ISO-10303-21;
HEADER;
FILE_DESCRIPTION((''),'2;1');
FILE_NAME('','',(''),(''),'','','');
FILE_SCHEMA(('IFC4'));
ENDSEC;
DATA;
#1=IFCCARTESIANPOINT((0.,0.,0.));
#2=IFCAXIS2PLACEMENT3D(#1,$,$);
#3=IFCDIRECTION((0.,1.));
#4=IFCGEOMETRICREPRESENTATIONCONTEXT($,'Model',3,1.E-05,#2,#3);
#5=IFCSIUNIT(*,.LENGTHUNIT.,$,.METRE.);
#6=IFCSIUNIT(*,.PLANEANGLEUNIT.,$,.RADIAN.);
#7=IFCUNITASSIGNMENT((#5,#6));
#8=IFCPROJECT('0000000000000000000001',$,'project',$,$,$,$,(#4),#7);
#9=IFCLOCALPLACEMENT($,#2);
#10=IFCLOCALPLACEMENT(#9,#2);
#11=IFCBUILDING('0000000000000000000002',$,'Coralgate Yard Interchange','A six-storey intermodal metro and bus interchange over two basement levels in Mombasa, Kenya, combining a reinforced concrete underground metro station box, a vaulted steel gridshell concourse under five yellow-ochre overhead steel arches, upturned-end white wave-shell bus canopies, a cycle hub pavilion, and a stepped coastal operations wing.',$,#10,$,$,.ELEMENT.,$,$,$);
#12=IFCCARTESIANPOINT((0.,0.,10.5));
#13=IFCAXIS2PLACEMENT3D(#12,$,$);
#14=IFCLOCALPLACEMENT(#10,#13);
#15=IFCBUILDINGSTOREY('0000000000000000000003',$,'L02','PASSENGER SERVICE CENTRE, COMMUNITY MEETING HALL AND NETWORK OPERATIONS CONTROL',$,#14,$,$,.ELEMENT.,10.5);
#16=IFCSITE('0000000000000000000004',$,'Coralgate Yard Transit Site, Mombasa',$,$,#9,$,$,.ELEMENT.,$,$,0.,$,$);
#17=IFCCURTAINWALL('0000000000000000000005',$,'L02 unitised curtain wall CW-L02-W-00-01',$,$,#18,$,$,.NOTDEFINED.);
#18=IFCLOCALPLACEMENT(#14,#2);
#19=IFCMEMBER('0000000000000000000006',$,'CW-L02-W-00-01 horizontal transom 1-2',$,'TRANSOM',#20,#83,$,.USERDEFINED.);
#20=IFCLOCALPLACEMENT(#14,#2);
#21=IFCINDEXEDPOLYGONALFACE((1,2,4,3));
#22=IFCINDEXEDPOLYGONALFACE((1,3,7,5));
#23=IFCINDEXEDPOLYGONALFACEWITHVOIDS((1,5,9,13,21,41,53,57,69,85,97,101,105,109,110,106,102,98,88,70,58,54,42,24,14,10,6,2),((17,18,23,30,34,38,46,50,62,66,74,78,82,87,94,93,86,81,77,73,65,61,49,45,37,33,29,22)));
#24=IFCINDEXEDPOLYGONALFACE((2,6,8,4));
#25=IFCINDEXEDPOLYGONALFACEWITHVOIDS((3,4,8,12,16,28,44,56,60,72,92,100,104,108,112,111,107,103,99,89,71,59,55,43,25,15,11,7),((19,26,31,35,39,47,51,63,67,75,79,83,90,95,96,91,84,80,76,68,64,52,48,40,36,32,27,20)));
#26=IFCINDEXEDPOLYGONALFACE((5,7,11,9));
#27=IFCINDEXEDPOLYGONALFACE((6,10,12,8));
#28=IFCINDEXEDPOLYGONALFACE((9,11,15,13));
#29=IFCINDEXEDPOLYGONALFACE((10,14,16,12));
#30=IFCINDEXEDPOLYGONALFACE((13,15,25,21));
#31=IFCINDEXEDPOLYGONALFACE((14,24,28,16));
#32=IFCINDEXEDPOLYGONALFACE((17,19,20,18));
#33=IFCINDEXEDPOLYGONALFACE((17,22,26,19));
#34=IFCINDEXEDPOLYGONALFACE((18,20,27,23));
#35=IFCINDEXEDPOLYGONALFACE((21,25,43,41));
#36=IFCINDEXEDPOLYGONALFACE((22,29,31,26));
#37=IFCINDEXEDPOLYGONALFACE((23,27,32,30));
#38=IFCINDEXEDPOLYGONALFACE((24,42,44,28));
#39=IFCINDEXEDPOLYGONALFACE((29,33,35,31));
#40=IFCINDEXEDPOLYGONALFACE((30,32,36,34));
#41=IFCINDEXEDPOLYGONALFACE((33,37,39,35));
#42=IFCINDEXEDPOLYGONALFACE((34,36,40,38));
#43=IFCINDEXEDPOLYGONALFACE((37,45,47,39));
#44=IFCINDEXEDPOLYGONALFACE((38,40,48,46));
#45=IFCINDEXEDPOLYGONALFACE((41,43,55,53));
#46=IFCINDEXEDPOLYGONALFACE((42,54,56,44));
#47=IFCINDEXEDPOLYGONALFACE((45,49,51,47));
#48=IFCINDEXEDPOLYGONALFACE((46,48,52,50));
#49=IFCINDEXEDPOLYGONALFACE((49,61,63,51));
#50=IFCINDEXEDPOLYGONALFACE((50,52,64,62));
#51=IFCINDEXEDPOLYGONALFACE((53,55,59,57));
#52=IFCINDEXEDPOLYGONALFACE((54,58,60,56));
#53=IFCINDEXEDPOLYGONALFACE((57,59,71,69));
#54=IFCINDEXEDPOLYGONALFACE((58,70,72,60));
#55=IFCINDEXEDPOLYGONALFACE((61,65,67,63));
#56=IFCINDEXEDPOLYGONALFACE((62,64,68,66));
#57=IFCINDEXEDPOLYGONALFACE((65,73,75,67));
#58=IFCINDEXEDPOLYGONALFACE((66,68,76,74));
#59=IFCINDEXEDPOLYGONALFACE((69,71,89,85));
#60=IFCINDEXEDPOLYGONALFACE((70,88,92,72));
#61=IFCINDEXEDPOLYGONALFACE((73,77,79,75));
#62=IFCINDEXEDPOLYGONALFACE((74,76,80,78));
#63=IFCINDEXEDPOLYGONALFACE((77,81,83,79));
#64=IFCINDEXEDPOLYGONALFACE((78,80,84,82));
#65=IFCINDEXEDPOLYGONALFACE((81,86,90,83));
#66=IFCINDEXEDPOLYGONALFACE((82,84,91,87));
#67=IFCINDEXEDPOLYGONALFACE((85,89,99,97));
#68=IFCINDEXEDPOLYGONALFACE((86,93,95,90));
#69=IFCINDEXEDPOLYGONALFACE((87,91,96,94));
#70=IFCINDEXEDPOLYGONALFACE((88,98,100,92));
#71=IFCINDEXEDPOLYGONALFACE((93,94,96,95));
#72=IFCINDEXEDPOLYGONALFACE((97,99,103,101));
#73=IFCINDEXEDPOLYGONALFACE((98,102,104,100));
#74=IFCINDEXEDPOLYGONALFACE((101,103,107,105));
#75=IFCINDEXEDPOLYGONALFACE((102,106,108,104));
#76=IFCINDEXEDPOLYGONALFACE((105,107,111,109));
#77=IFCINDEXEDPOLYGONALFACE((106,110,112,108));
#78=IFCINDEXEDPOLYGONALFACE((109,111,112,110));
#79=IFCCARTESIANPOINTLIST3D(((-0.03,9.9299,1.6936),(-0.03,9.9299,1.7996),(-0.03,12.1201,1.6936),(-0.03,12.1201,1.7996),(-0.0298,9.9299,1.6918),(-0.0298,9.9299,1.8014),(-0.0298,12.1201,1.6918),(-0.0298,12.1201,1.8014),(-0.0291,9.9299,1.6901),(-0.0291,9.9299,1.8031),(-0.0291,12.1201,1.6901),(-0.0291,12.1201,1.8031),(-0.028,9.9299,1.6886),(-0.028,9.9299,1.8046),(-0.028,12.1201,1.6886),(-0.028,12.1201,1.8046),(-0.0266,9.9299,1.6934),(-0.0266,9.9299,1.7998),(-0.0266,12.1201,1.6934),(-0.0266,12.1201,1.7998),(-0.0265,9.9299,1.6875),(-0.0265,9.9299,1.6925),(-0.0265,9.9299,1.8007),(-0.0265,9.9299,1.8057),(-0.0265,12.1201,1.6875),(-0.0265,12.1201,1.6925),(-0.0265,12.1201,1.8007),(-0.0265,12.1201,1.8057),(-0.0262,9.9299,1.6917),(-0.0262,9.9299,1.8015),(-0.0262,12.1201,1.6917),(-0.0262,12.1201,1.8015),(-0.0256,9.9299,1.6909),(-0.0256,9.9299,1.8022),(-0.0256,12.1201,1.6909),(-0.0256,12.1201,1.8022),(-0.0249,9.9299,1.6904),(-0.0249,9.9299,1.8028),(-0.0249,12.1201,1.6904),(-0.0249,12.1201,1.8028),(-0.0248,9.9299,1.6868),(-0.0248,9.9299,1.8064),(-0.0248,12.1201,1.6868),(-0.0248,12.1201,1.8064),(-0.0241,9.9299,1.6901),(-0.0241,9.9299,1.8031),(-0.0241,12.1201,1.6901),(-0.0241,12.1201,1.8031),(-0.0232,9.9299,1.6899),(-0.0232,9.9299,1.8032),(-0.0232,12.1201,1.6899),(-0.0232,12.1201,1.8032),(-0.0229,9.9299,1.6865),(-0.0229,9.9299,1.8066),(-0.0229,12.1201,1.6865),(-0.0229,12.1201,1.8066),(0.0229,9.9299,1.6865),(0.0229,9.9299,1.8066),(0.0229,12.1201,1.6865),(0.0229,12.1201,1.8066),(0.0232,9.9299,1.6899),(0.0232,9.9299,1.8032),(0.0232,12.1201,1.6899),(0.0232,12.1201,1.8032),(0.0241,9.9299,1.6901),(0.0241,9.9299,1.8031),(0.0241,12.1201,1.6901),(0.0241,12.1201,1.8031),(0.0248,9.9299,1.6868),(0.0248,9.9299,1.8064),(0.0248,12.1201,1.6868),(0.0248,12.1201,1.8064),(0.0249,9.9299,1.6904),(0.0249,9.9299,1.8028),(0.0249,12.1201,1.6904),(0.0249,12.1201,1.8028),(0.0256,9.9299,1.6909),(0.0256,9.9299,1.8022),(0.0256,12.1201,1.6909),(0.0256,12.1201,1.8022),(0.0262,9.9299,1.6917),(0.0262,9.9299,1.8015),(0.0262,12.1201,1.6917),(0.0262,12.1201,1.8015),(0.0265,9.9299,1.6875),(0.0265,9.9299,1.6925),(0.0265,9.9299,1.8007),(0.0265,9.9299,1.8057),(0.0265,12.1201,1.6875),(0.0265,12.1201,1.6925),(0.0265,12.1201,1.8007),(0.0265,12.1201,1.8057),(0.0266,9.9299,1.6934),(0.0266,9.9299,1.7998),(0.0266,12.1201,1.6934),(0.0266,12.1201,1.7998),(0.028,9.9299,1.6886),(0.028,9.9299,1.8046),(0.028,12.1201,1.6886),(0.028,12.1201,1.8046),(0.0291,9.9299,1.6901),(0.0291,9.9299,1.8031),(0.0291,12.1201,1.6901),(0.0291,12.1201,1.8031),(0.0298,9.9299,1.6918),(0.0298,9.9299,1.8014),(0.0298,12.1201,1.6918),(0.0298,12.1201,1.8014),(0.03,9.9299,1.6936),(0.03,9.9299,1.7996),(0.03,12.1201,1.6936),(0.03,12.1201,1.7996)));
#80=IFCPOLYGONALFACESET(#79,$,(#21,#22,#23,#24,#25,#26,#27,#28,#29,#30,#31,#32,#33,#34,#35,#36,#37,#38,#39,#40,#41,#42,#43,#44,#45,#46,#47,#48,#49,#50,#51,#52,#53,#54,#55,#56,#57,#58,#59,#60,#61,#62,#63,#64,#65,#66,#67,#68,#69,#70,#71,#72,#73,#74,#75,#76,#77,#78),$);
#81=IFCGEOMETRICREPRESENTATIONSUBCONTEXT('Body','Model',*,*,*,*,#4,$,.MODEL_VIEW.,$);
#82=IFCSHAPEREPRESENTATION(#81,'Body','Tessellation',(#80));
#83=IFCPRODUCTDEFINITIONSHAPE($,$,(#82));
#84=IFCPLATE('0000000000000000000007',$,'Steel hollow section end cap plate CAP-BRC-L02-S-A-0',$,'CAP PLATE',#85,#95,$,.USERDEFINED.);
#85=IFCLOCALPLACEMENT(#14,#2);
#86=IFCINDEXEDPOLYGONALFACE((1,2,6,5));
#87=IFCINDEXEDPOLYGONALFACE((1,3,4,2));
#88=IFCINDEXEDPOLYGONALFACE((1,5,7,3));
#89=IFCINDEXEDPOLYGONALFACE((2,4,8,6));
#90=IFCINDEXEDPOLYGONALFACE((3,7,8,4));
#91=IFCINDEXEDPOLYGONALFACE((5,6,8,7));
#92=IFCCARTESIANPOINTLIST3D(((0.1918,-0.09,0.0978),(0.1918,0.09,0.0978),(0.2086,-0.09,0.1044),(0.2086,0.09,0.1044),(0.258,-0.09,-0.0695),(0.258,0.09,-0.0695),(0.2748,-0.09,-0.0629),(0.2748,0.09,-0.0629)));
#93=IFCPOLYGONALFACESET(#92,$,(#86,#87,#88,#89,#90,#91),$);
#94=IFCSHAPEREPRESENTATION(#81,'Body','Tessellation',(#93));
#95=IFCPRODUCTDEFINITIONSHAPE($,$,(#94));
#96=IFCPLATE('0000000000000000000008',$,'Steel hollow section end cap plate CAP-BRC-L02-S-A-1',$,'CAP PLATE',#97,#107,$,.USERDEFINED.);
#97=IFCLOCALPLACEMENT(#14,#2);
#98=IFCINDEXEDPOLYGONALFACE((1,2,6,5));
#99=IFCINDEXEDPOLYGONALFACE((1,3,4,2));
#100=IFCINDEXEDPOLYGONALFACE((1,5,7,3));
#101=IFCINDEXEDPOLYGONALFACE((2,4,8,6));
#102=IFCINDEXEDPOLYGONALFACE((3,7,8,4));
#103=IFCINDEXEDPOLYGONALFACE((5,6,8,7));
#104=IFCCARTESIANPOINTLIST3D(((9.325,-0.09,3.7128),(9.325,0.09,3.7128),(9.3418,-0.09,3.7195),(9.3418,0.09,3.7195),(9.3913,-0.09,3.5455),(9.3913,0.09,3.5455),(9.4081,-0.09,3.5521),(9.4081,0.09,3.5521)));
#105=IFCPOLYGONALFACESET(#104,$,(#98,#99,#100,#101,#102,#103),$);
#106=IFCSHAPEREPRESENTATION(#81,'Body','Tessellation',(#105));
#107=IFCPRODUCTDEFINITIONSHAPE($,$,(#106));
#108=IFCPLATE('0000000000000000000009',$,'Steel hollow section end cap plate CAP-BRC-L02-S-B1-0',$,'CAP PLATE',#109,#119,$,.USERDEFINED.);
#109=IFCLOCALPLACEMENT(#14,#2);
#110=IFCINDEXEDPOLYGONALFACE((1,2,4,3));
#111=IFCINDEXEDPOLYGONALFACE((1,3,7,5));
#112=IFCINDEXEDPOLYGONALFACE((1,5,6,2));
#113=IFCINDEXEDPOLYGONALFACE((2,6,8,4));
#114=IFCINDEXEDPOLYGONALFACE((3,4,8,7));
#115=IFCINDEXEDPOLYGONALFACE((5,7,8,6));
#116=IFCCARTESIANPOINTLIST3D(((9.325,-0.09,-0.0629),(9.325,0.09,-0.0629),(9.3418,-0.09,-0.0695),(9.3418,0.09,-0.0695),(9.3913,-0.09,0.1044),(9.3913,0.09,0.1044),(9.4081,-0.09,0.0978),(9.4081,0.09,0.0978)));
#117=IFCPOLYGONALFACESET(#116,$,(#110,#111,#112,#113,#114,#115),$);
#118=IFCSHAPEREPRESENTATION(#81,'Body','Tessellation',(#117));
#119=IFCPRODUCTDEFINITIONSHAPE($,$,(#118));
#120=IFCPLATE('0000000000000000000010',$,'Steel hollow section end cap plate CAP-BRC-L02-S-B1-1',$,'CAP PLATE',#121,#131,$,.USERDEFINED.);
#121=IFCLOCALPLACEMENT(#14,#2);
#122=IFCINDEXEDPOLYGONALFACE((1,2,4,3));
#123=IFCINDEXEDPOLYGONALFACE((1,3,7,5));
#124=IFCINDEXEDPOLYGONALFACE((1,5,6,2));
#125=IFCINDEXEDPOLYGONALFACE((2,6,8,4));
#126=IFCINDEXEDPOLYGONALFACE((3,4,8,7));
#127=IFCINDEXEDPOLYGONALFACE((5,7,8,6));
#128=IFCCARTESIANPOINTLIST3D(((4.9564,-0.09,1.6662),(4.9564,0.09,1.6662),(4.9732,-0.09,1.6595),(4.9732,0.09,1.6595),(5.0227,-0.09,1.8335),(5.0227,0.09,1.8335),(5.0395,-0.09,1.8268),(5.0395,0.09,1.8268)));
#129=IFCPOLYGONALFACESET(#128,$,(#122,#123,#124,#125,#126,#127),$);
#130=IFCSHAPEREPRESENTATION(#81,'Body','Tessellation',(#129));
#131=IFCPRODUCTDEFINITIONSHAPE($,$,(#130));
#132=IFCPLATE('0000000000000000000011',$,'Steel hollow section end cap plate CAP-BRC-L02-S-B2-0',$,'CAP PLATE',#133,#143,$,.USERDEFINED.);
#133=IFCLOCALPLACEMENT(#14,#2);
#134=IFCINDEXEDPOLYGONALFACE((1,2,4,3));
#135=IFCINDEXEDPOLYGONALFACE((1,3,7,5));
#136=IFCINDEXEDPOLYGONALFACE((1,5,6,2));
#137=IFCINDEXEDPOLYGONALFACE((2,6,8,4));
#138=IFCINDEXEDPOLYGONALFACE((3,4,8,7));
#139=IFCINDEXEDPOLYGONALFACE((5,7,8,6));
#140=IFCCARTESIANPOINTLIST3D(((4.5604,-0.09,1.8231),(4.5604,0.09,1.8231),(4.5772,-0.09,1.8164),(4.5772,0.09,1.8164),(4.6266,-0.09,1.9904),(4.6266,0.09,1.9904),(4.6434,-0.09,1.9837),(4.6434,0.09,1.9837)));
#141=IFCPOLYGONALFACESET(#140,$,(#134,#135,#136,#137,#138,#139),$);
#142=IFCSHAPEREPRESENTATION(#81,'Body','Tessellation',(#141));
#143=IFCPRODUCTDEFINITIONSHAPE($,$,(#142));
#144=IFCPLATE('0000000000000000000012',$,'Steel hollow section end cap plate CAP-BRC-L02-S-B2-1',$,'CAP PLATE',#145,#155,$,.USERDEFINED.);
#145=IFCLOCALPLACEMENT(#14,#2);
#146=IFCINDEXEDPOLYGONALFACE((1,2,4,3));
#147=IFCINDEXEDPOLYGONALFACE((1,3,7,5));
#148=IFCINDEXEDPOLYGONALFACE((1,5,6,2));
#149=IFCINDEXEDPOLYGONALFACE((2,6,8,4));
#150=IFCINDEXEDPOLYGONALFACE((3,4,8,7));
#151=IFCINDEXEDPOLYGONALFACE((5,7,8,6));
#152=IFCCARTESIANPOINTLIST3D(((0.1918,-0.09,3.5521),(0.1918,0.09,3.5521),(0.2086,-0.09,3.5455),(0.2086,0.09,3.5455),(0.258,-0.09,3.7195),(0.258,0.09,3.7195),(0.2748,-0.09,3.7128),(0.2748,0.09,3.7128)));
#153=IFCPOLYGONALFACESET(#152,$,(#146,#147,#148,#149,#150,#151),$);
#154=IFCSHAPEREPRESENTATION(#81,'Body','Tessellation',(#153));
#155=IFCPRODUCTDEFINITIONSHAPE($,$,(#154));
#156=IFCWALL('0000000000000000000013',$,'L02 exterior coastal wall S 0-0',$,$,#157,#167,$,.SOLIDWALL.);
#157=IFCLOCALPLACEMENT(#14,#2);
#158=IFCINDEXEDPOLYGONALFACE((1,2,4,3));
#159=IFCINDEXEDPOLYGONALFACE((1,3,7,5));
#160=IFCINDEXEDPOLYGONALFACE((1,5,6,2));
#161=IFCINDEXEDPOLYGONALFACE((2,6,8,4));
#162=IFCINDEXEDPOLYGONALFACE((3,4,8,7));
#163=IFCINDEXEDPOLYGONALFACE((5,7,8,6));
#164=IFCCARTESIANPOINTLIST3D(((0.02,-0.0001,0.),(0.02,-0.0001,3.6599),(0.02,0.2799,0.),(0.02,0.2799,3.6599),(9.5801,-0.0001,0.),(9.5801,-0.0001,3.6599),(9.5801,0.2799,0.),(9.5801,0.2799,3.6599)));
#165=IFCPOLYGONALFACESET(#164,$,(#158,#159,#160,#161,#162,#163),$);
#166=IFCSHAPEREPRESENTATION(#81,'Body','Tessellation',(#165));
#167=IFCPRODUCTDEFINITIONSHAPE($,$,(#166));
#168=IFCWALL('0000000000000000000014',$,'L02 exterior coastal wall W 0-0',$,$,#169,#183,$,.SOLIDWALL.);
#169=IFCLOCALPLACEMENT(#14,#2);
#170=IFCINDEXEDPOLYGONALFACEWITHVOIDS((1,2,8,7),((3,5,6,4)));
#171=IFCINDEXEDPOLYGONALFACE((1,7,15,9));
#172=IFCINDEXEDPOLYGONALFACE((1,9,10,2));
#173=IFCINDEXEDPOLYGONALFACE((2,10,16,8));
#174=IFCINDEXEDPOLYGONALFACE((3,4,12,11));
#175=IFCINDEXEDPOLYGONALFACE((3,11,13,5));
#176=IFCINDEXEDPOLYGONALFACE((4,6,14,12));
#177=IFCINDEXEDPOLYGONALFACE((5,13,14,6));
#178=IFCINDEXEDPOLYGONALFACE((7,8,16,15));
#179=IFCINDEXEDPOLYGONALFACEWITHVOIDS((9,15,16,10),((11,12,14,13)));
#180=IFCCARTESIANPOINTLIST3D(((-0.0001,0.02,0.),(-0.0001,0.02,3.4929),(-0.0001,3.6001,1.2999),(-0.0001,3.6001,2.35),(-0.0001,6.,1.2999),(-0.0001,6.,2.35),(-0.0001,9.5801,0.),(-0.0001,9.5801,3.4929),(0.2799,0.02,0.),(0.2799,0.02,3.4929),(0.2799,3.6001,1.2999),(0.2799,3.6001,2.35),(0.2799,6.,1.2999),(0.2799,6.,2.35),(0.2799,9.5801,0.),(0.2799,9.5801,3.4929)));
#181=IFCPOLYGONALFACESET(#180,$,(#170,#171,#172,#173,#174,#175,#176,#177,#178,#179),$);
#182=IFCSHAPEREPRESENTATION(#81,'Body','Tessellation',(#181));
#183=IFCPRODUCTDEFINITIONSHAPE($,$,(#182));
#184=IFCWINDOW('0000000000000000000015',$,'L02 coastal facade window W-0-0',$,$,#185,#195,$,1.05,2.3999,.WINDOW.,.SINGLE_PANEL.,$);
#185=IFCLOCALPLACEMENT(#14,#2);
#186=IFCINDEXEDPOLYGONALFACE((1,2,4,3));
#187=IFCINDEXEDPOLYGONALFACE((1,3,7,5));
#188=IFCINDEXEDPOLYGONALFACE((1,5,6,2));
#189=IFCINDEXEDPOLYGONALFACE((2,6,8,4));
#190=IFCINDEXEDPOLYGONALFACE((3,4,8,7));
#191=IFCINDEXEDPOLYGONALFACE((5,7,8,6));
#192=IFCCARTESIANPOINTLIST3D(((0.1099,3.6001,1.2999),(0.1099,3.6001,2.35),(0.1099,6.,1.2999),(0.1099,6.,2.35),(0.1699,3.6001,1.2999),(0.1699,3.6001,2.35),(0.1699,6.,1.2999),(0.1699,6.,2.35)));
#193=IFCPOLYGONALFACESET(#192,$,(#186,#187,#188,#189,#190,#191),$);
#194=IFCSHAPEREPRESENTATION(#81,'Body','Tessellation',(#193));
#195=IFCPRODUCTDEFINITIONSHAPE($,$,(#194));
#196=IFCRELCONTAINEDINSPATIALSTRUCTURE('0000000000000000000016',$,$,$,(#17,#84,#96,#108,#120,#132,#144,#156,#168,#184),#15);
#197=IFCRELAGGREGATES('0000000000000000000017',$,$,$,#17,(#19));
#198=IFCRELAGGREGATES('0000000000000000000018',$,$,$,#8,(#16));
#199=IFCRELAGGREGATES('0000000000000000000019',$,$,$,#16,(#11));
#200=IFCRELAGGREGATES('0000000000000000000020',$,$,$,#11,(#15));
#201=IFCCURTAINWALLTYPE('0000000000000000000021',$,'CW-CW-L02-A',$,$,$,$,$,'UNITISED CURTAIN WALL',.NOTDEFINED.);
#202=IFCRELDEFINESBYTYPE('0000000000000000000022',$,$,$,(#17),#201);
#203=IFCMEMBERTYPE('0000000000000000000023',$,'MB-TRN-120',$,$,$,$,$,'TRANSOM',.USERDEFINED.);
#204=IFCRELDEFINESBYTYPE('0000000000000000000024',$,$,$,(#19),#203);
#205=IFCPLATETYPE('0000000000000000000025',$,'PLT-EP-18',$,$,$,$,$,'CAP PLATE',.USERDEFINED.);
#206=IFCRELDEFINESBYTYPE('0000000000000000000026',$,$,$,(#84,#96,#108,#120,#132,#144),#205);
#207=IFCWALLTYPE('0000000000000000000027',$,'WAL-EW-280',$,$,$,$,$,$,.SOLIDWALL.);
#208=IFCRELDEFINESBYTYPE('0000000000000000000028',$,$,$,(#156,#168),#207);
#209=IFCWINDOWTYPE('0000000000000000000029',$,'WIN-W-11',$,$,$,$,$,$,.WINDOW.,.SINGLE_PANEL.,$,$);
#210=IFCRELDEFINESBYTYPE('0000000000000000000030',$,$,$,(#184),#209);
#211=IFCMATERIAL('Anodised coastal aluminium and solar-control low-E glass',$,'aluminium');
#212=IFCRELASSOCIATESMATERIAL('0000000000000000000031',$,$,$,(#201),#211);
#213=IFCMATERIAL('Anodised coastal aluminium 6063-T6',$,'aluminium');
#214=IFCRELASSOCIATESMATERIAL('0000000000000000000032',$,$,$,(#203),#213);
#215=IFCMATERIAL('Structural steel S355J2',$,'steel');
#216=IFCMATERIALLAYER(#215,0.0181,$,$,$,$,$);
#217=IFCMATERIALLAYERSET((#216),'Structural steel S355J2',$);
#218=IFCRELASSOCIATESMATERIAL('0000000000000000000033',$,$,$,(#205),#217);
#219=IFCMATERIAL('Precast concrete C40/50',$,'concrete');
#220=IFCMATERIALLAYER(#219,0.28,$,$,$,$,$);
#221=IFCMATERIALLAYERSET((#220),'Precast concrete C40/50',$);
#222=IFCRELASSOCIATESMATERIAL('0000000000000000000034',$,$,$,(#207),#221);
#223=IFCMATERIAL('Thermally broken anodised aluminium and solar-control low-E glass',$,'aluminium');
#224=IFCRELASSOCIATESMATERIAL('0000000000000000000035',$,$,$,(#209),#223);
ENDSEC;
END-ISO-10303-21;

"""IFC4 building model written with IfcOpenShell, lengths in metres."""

from ifc_helpers import new_model, si_unit, direction, frame, frame_2d, origin, origin_2d, place, context, subcontext, project, spatial, rectangle, hollow_rectangle, extrude, material, layer, layer_set, material_profile, profile_set, type_object, element, fill, aggregate, save


model = new_model("IFC4")

# Units and contexts
model_context = context("Model", 3, precision=1e-05, world=origin(), true_north=direction((0.0, 1.0)))
body_context = subcontext(model_context, "Body", "Model", "MODEL_VIEW")
ifc_project = project(units=[si_unit("LENGTHUNIT", "METRE"), si_unit("PLANEANGLEUNIT", "RADIAN")], contexts=[model_context])

# Site, building, storey
site_placement = place(None, origin())
site = spatial("IfcSite", under=ifc_project, at=site_placement, Name="Coralgate Yard Transit Site, Mombasa", CompositionType="ELEMENT", RefElevation=0.0)
building_placement = place(site_placement, origin())
building = spatial("IfcBuilding", under=site, at=building_placement, Name="Coralgate Yard Interchange", Description="A six-storey intermodal metro and bus interchange over two basement levels in Mombasa, Kenya, combining a reinforced concrete underground metro station box, a vaulted steel gridshell concourse under five yellow-ochre overhead steel arches, upturned-end white wave-shell bus canopies, a cycle hub pavilion, and a stepped coastal operations wing.", CompositionType="ELEMENT")
storey_placement = place(building_placement, frame((0.0, 0.0, 10.5)))
storey = spatial("IfcBuildingStorey", under=building, at=storey_placement, Name="L02", Description="PASSENGER SERVICE CENTRE, COMMUNITY MEETING HALL AND NETWORK OPERATIONS CONTROL", CompositionType="ELEMENT", Elevation=10.5)

# Shared definitions
ifc_material_1 = material(Name="Structural steel S355J2", Category="steel")

# Curtain wall
ifc_material_2 = material(Name="Anodised coastal aluminium and solar-control low-E glass", Category="aluminium")
curtain_wall_type = type_object("IfcCurtainWallType", Name="CW-CW-L02-A", ElementType="UNITISED CURTAIN WALL", PredefinedType="NOTDEFINED", material=ifc_material_2)
curtain_wall_1_placement = place(storey_placement, origin())
curtain_wall_1 = element("IfcCurtainWall", 1, at=curtain_wall_1_placement, inside=storey, type_object=curtain_wall_type, Name="L02 unitised curtain wall CW-L02-W-00-01", PredefinedType="NOTDEFINED")
ifc_material_3 = material(Name="Anodised coastal aluminium 6063-T6", Category="aluminium")

# Member
ifc_material_profile_1 = material_profile(ifc_material_3, hollow_rectangle(XDim=0.0601, YDim=0.1201, WallThickness=0.0034, InnerFilletRadius=0.0034, OuterFilletRadius=0.0071, at=origin_2d()), Name="ALU 60x120x3.5")
ifc_profile_set_1 = profile_set([ifc_material_profile_1], Name="Anodised coastal aluminium 6063-T6")
member_type_1 = type_object("IfcMemberType", Name="MB-TRN-120", ElementType="TRANSOM", PredefinedType="USERDEFINED", material=ifc_profile_set_1)
member_1_placement = place(storey_placement, frame((0.0, 9.9299, 1.7466), z_axis=(0.0, 1.0, 0.0), x_axis=(-1.0, 0.0, 0.0)))
member_1 = element("IfcMember", 2, at=member_1_placement, type_object=member_type_1, Name="CW-L02-W-00-01 horizontal transom 1-2", ObjectType="TRANSOM", PredefinedType="USERDEFINED", context=body_context, shape_type="SweptSolid", body=[
    extrude(hollow_rectangle(XDim=0.0601, YDim=0.1201, WallThickness=0.0034, InnerFilletRadius=0.0034, OuterFilletRadius=0.0071, at=origin_2d()), origin(), (0.0, 0.0, 1.0), 2.1902),
])
aggregate(curtain_wall_1, [member_1])

# Plates
ifc_layer_1 = layer(ifc_material_1, 0.0181)
ifc_layer_set_1 = layer_set([ifc_layer_1], Name="Structural steel S355J2")
plate_type = type_object("IfcPlateType", Name="PLT-EP-18", ElementType="CAP PLATE", PredefinedType="USERDEFINED", material=ifc_layer_set_1)
for number, where, z_axis, x_axis, name in (
    (3, (0.2417, 0.0, 0.0208), (-0.929807, 0.0, -0.368048), (0.0, -1.0, 0.0), "Steel hollow section end cap plate CAP-BRC-L02-S-A-0"),
    (4, (9.3582, 0.0, 3.6292), (0.929807, 0.0, 0.368048), (0.0, 1.0, 0.0), "Steel hollow section end cap plate CAP-BRC-L02-S-A-1"),
    (5, (9.3582, 0.0, 0.0208), (0.929807, 0.0, -0.368048), (0.0, 1.0, 0.0), "Steel hollow section end cap plate CAP-BRC-L02-S-B1-0"),
    (6, (5.0063, 0.0, 1.7432), (-0.929807, 0.0, 0.368048), (0.0, -1.0, 0.0), "Steel hollow section end cap plate CAP-BRC-L02-S-B1-1"),
    (7, (4.5935, 0.0, 1.9067), (0.929807, 0.0, -0.368048), (0.0, 1.0, 0.0), "Steel hollow section end cap plate CAP-BRC-L02-S-B2-0"),
    (8, (0.2417, 0.0, 3.6292), (-0.929807, 0.0, 0.368048), (0.0, -1.0, 0.0), "Steel hollow section end cap plate CAP-BRC-L02-S-B2-1"),
):
    element("IfcPlate", number, at=place(storey_placement, frame(where, z_axis=z_axis, x_axis=x_axis)), inside=storey, type_object=plate_type, Name=name, ObjectType="CAP PLATE", PredefinedType="USERDEFINED", context=body_context, shape_type="SweptSolid", body=[
        extrude(rectangle(XDim=0.1799, YDim=0.1799, at=origin_2d()), origin(), (0.0, 0.0, 1.0), 0.0181),
    ])

# Wall
ifc_material_4 = material(Name="Precast concrete C40/50", Category="concrete")
ifc_layer_2 = layer(ifc_material_4, 0.28)
ifc_layer_set_2 = layer_set([ifc_layer_2], Name="Precast concrete C40/50")
wall_type_1 = type_object("IfcWallType", Name="WAL-EW-280", PredefinedType="SOLIDWALL", material=ifc_layer_set_2)
wall_1_placement = place(storey_placement, frame((9.5801, 0.1399, 0.0), z_axis=(0.0, 0.0, 1.0), x_axis=(-1.0, 0.0, 0.0)))
element("IfcWall", 9, at=wall_1_placement, inside=storey, type_object=wall_type_1, Name="L02 exterior coastal wall S 0-0", PredefinedType="SOLIDWALL", context=body_context, shape_type="SweptSolid", body=[
    extrude(rectangle(XDim=9.5601, YDim=0.28, at=frame_2d((4.78, 0.0))), origin(), (0.0, 0.0, 1.0), 3.6599),
])

# Wall, opening, window
wall_2_placement = place(storey_placement, frame((0.1399, 0.02, 0.0), z_axis=(0.0, 0.0, 1.0), x_axis=(0.0, 1.0, 0.0)))
wall_2 = element("IfcWall", 10, at=wall_2_placement, inside=storey, type_object=wall_type_1, Name="L02 exterior coastal wall W 0-0", PredefinedType="SOLIDWALL", context=body_context, shape_type="SweptSolid", body=[
    extrude(rectangle(XDim=9.5601, YDim=0.28, at=frame_2d((4.78, 0.0))), origin(), (0.0, 0.0, 1.0), 3.4929),
])
opening_1_placement = place(wall_2_placement, frame((3.5801, 0.0, 1.3)))
opening_1 = element("IfcOpeningElement", 11, at=opening_1_placement, cuts=wall_2, PredefinedType="OPENING", context=body_context, shape_type="SweptSolid", body=[
    extrude(rectangle(XDim=2.3999, YDim=1.05, at=frame_2d((1.2, 0.5249))), frame((0.0, 0.1499, 0.0), z_axis=(0.0, -1.0, 0.0), x_axis=(1.0, 0.0, 0.0)), (0.0, 0.0, 1.0), 0.3),
])
ifc_material_5 = material(Name="Thermally broken anodised aluminium and solar-control low-E glass", Category="aluminium")
window_type = type_object("IfcWindowType", Name="WIN-W-11", PartitioningType="SINGLE_PANEL", PredefinedType="WINDOW", material=ifc_material_5)
window_placement = place(opening_1_placement, origin())
window = element("IfcWindow", 12, at=window_placement, inside=storey, type_object=window_type, Name="L02 coastal facade window W-0-0", OverallHeight=1.05, OverallWidth=2.3999, PartitioningType="SINGLE_PANEL", PredefinedType="WINDOW", context=body_context, shape_type="SweptSolid", body=[
    extrude(rectangle(XDim=2.3999, YDim=1.05, at=frame_2d((1.2, 0.5249))), frame((0.0, 0.03, 0.0), z_axis=(0.0, -1.0, 0.0), x_axis=(1.0, 0.0, 0.0)), (0.0, 0.0, 1.0), 0.0601),
])
fill(opening_1, window)

save(model, "model.ifc")
